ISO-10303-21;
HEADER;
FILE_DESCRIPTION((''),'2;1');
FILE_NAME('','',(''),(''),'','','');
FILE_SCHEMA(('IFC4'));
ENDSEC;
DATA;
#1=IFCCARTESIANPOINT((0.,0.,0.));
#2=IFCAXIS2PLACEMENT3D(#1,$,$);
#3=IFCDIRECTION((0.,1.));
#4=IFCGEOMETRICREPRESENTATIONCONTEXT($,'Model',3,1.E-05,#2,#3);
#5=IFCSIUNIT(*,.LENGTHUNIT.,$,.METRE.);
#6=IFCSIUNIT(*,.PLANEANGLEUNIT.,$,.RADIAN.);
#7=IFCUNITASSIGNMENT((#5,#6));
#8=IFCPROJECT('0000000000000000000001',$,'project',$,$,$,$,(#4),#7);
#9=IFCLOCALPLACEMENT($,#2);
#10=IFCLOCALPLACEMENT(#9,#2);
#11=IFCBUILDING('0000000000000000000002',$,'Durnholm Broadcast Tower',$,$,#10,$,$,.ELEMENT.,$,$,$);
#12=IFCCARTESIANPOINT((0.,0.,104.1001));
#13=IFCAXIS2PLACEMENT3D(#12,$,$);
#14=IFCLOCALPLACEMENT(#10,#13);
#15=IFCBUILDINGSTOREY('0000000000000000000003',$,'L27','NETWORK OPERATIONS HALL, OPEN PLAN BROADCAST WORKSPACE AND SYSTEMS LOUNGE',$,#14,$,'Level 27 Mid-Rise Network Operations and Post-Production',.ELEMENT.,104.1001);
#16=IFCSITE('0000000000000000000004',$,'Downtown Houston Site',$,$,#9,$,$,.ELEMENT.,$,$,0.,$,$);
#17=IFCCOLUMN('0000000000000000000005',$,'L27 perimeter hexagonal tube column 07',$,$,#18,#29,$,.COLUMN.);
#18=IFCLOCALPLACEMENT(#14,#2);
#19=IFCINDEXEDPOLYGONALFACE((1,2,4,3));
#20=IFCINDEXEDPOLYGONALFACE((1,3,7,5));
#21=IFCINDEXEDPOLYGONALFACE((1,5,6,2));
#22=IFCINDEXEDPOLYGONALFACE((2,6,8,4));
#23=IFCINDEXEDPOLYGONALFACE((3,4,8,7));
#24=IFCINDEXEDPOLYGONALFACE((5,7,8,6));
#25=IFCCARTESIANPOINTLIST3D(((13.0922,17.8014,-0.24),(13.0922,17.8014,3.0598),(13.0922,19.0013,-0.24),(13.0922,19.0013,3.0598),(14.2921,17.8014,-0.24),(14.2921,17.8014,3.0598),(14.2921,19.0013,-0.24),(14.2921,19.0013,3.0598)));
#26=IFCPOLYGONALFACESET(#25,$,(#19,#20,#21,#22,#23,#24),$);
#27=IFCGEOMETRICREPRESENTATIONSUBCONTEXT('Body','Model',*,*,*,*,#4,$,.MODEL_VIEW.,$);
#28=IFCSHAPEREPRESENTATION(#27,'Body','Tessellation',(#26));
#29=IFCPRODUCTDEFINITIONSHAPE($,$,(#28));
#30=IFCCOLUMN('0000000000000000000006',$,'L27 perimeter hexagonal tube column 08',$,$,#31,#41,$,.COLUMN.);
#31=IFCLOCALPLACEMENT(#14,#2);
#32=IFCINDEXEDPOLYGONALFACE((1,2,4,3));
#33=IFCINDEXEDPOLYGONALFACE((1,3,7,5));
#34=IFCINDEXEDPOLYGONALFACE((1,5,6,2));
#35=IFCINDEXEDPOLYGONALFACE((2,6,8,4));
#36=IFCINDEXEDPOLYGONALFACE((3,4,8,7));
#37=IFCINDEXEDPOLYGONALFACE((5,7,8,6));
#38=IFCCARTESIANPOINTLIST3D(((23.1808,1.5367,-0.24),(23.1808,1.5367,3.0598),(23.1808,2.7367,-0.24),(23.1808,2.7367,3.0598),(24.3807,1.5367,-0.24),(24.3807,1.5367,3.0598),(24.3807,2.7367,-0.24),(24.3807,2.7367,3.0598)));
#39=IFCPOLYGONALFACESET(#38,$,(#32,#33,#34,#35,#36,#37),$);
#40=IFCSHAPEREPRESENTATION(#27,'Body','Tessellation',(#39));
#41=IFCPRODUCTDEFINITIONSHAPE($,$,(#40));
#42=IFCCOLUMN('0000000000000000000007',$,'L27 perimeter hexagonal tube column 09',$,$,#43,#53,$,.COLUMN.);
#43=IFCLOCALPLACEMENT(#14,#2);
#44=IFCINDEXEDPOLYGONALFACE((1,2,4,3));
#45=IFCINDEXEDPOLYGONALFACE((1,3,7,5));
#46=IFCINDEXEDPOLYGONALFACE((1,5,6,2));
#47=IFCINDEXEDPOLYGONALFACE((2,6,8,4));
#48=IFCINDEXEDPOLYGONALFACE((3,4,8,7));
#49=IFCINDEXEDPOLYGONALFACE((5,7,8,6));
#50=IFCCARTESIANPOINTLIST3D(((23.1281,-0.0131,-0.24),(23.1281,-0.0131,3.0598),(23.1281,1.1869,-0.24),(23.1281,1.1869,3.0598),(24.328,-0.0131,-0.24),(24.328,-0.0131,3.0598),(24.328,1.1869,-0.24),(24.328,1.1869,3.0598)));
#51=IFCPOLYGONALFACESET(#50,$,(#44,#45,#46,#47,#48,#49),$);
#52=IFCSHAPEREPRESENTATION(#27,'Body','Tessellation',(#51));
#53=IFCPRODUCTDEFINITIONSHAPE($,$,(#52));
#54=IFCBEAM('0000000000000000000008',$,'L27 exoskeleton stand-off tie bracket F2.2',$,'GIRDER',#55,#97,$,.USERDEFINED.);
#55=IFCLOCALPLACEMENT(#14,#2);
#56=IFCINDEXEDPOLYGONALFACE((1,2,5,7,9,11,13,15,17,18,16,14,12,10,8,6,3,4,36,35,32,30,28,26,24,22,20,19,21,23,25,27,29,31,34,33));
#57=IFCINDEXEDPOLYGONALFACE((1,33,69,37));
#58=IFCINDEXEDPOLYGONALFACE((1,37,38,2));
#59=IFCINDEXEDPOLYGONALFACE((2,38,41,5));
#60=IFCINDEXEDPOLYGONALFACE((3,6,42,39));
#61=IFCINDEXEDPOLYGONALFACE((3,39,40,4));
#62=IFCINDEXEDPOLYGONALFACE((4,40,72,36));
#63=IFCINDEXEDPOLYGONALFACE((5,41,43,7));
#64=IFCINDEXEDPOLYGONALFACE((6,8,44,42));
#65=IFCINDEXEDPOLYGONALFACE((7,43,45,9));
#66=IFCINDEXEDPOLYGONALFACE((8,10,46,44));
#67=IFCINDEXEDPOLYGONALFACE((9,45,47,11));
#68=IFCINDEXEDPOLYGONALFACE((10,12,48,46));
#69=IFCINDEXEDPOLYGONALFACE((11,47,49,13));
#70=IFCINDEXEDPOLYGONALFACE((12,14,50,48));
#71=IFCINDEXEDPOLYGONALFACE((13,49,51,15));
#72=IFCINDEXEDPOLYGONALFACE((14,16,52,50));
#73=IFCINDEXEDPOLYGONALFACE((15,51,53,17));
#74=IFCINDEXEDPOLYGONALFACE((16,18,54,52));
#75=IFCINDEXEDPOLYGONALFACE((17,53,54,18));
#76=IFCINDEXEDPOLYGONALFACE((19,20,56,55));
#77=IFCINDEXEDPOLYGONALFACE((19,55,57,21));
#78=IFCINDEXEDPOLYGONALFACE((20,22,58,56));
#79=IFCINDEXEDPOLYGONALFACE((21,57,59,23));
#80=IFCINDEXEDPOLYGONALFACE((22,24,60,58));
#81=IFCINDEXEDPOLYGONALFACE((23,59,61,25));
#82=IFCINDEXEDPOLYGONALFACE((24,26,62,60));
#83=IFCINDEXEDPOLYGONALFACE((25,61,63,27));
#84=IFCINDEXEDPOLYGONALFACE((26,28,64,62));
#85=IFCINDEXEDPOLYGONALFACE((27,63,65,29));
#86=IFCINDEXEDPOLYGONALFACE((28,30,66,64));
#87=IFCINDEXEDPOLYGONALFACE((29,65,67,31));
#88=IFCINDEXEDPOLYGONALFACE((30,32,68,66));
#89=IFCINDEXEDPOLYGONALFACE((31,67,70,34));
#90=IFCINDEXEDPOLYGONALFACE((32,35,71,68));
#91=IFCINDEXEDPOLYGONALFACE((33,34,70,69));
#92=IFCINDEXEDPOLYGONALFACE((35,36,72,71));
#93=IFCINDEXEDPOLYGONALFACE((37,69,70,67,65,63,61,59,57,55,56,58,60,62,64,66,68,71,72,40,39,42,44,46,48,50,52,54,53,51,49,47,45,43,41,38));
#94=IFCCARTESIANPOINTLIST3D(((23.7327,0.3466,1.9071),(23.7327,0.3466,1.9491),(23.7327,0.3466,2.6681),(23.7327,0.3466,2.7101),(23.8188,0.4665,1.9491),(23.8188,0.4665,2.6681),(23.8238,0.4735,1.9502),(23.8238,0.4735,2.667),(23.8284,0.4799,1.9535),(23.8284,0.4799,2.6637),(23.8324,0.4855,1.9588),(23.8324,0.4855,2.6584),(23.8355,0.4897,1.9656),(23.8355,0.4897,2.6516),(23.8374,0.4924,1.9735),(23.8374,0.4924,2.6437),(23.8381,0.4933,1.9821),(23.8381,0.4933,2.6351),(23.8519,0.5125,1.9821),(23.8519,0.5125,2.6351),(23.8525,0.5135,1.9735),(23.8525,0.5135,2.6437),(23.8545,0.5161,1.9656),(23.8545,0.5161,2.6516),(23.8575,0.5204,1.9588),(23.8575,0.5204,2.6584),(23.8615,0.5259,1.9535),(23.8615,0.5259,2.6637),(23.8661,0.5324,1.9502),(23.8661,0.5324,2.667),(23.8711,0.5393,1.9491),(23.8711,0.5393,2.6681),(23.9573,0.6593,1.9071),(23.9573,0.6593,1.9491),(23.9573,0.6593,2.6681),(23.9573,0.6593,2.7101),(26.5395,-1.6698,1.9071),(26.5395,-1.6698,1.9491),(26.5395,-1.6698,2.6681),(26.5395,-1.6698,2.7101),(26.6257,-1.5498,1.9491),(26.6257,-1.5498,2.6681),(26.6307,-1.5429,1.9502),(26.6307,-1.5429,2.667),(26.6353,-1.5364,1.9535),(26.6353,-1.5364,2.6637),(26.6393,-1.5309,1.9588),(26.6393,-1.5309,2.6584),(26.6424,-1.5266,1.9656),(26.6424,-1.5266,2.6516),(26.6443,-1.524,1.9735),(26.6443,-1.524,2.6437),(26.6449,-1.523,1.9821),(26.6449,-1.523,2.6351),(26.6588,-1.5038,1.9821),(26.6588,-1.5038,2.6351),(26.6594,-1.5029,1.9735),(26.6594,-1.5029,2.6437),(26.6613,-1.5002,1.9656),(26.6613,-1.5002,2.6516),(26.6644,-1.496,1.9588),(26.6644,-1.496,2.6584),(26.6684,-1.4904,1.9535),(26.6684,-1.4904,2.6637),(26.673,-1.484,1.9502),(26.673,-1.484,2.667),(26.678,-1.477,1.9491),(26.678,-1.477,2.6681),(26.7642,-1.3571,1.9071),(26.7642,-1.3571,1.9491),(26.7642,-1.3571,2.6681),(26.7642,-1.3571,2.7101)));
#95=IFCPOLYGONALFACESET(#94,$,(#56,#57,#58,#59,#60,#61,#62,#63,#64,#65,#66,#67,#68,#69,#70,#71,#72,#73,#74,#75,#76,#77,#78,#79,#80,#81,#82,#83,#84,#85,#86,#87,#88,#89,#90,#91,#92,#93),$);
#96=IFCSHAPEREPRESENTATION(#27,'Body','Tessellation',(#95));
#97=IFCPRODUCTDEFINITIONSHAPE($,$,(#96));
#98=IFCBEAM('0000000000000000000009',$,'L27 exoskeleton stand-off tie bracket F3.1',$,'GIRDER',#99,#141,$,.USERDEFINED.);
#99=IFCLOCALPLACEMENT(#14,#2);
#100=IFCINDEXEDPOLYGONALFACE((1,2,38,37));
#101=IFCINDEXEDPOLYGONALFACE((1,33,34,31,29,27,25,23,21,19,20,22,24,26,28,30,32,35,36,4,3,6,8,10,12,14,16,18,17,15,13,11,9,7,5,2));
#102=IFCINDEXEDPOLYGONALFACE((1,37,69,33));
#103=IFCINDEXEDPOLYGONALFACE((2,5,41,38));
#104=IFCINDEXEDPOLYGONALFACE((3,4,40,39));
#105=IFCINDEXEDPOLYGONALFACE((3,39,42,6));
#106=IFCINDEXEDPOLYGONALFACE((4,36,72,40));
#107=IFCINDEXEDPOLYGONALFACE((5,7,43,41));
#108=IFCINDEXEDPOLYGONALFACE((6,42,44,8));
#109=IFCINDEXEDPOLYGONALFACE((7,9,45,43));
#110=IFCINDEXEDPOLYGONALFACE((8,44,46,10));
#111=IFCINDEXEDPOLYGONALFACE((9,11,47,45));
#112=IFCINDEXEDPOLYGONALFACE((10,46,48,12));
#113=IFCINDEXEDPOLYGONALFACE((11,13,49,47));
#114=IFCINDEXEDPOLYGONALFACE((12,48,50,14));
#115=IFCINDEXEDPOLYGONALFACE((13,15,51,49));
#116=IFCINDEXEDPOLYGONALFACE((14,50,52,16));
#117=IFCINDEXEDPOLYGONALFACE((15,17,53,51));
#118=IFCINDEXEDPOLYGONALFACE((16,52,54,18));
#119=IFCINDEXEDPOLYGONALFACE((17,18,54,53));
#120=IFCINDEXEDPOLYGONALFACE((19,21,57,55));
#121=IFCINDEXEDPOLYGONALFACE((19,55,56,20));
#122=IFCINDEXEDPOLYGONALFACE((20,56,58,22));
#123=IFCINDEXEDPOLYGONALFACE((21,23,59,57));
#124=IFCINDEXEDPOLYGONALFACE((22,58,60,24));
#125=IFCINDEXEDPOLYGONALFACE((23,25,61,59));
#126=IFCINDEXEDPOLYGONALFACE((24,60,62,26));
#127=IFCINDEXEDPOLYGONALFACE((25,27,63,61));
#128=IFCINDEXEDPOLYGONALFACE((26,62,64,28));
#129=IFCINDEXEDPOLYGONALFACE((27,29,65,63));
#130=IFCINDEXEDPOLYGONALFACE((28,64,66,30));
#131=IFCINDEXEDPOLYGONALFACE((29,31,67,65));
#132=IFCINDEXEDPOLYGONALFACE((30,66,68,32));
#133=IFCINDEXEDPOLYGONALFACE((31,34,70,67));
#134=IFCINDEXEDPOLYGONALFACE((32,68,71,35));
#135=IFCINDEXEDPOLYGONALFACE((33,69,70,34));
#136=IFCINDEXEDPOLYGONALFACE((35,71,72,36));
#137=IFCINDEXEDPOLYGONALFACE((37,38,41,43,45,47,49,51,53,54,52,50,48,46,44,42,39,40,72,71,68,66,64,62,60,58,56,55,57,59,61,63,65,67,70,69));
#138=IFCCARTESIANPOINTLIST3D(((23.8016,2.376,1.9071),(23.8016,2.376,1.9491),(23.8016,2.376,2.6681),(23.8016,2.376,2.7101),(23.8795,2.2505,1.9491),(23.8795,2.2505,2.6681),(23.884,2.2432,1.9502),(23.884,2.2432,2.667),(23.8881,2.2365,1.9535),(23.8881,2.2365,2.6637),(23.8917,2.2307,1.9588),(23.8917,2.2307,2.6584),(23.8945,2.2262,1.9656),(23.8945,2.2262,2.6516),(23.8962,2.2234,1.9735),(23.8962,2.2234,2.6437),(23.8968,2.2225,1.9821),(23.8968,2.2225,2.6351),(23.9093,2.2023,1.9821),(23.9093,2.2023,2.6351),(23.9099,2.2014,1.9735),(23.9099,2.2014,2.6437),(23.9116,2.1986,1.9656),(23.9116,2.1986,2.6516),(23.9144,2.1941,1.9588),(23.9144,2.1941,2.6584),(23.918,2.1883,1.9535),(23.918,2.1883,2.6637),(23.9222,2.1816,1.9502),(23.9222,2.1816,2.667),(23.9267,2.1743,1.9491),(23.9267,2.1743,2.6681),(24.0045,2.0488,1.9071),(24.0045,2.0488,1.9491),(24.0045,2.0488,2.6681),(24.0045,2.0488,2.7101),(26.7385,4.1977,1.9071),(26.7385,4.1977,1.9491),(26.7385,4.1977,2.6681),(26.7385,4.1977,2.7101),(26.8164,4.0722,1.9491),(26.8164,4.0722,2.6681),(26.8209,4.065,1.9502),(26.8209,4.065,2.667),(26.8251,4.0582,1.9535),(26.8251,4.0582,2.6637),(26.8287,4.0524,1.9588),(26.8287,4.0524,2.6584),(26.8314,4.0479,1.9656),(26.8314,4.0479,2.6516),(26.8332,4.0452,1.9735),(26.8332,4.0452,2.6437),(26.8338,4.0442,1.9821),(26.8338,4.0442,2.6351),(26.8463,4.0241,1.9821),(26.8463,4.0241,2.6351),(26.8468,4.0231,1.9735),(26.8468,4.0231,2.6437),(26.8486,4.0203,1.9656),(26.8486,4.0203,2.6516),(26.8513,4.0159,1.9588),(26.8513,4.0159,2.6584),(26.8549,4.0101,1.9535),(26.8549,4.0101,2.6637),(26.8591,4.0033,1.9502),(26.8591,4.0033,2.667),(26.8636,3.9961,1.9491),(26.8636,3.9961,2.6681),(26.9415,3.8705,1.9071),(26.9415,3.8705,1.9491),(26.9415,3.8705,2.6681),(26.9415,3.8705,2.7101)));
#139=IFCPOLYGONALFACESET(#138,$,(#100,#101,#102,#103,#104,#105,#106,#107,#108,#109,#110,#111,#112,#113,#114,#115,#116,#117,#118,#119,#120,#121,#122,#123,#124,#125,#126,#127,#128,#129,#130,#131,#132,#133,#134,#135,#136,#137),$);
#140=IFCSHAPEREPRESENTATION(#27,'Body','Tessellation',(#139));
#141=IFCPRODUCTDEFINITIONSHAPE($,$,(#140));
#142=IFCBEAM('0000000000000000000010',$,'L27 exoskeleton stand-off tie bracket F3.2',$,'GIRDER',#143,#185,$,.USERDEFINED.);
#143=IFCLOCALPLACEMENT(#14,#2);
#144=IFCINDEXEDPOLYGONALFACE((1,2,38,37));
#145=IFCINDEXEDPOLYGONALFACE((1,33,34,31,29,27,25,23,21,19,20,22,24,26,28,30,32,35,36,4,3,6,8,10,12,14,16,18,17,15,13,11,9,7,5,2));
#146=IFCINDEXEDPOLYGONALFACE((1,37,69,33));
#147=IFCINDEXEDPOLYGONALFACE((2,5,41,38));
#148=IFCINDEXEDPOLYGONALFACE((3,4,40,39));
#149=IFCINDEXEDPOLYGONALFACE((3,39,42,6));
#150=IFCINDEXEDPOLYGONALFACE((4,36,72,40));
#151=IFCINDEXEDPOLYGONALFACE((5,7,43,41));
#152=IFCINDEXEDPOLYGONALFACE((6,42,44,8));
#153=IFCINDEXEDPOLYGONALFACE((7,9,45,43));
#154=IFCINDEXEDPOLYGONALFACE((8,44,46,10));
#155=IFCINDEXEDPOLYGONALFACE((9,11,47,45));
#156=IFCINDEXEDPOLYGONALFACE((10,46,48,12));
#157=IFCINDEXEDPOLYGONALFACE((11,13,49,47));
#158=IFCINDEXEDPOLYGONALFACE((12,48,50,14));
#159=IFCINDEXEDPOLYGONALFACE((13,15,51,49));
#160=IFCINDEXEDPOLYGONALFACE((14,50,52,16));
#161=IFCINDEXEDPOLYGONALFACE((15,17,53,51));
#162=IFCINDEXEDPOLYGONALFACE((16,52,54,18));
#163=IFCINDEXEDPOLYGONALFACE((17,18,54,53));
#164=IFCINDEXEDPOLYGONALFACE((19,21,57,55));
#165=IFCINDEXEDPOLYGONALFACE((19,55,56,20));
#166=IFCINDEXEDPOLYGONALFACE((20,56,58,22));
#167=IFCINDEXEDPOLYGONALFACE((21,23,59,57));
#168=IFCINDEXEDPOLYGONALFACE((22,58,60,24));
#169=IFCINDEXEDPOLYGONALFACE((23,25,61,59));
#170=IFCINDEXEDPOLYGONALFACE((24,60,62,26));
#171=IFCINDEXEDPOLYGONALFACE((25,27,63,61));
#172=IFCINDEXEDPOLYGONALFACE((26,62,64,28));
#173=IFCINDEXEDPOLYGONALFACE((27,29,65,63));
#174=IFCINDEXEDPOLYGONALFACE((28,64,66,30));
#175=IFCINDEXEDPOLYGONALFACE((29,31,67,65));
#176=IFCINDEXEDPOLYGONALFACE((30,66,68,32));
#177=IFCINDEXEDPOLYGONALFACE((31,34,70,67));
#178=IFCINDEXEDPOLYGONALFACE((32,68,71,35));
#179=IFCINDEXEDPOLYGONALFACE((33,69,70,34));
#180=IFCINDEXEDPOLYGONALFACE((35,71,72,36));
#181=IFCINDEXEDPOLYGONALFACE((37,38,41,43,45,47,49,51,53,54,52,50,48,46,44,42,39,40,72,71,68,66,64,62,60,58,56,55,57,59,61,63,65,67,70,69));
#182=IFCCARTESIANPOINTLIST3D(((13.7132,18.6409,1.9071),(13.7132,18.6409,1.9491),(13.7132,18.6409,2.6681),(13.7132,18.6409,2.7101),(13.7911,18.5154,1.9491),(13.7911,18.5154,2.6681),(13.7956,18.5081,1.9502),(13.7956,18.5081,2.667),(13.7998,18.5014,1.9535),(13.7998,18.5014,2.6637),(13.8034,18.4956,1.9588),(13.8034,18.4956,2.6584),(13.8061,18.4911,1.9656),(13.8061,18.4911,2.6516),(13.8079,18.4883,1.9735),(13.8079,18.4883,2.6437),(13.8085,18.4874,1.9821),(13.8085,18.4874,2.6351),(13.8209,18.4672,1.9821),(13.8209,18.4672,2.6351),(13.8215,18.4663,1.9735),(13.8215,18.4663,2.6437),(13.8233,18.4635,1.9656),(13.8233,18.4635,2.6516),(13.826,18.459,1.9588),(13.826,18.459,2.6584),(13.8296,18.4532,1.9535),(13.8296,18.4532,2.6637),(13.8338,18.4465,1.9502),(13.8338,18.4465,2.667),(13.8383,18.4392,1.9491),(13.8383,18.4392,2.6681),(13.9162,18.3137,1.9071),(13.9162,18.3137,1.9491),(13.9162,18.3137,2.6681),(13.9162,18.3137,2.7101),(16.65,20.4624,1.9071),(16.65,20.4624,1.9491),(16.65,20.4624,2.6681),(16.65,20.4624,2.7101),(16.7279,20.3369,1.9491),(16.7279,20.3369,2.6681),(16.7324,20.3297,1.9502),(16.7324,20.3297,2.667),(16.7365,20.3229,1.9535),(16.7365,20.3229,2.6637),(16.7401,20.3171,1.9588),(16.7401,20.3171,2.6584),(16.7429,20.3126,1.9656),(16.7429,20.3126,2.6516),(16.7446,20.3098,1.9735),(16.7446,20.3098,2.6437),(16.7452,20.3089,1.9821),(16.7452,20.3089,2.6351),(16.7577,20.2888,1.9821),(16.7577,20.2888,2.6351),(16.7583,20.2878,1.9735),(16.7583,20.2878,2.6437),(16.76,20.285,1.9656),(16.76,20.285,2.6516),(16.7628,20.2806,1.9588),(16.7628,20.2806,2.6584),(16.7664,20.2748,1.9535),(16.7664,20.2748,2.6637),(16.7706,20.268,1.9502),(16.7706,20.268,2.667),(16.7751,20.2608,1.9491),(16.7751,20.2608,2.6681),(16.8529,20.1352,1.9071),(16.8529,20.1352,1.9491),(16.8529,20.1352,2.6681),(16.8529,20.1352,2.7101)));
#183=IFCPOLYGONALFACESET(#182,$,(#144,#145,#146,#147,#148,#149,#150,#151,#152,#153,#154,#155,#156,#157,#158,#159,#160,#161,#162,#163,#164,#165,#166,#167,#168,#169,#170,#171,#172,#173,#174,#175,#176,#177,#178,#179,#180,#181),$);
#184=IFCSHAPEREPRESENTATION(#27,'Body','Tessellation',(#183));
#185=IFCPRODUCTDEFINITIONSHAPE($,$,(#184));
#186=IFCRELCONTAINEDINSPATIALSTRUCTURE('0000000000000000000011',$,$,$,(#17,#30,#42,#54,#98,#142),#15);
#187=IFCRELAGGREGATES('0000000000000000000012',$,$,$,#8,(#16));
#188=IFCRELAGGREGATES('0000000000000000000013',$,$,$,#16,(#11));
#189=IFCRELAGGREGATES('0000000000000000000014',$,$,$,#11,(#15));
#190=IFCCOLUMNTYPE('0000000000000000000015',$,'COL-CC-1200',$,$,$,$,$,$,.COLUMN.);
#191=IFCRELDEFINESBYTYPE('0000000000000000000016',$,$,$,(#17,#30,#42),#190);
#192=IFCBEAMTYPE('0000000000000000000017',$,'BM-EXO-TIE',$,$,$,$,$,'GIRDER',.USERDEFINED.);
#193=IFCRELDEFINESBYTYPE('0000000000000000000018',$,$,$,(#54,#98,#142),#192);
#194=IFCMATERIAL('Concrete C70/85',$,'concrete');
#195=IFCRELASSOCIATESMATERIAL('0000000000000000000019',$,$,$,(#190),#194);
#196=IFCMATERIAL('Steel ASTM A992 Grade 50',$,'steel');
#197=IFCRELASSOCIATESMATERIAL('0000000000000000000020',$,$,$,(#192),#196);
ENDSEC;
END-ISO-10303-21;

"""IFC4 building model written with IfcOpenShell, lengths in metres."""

from ifc_helpers import new_model, si_unit, direction, frame, origin, origin_2d, place, context, subcontext, project, spatial, rectangle, i_section, extrude, source, transform, mapped, material, material_profile, profile_set, type_object, type_shapes, element, save


model = new_model("IFC4")

# Units and contexts
model_context = context("Model", 3, precision=1e-05, world=origin(), true_north=direction((0.0, 1.0)))
body_context = subcontext(model_context, "Body", "Model", "MODEL_VIEW")
ifc_project = project(units=[si_unit("LENGTHUNIT", "METRE"), si_unit("PLANEANGLEUNIT", "RADIAN")], contexts=[model_context])

# Site, building, storey
site_placement = place(None, origin())
site = spatial("IfcSite", under=ifc_project, at=site_placement, Name="Downtown Houston Site", CompositionType="ELEMENT", RefElevation=0.0)
building_placement = place(site_placement, origin())
building = spatial("IfcBuilding", under=site, at=building_placement, Name="Durnholm Broadcast Tower", CompositionType="ELEMENT")
storey_placement = place(building_placement, frame((0.0, 0.0, 104.1001)))
storey = spatial("IfcBuildingStorey", under=building, at=storey_placement, Name="L27", Description="NETWORK OPERATIONS HALL, OPEN PLAN BROADCAST WORKSPACE AND SYSTEMS LOUNGE", LongName="Level 27 Mid-Rise Network Operations and Post-Production", CompositionType="ELEMENT", Elevation=104.1001)

# Columns
ifc_material_1 = material(Name="Concrete C70/85", Category="concrete")
ifc_material_profile_1 = material_profile(ifc_material_1, rectangle(XDim=1.2, YDim=1.2, at=origin_2d()), Name="RC1200X1200")
ifc_profile_set_1 = profile_set([ifc_material_profile_1], Name="Concrete C70/85")
column_type = type_object("IfcColumnType", Name="COL-CC-1200", PredefinedType="COLUMN", material=ifc_profile_set_1)
shared_shape_1 = source(origin(), body_context, "Body", "SweptSolid", [
    extrude(rectangle(XDim=1.2, YDim=1.2, at=origin_2d()), origin(), (0.0, 0.0, 1.0), 3.2998),
])
type_shapes(column_type, [shared_shape_1])
for number, where, z_axis, x_axis, name in (
    (1, (13.6921, 18.4014, -0.24), (0.0, 0.0, 1.0), (1.0, 0.0, 0.0), "L27 perimeter hexagonal tube column 07"),
    (2, (23.7808, 2.1367, -0.24), (0.0, 0.0, 1.0), (1.0, 0.0, 0.0), "L27 perimeter hexagonal tube column 08"),
    (3, (23.728, 0.5869, -0.24), (0.0, 0.0, 1.0), (1.0, 0.0, 0.0), "L27 perimeter hexagonal tube column 09"),
):
    element("IfcColumn", number, at=place(storey_placement, frame(where, z_axis=z_axis, x_axis=x_axis)), inside=storey, type_object=column_type, Name=name, PredefinedType="COLUMN", context=body_context, shape_type="MappedRepresentation", body=[
        mapped(shared_shape_1, transform((0.0, 0.0, 0.0), x_axis=(1.0, 0.0, 0.0), y_axis=(0.0, 1.0, 0.0), z_axis=(0.0, 0.0, 1.0), scale=1.0)),
    ])

# Beams
ifc_material_2 = material(Name="Steel ASTM A992 Grade 50", Category="steel")
ifc_material_profile_2 = material_profile(ifc_material_2, i_section(OverallWidth=0.385, OverallDepth=0.803, WebThickness=0.0237, FlangeThickness=0.042, FilletRadius=0.033, at=origin_2d()), Name="W30X261")
ifc_profile_set_2 = profile_set([ifc_material_profile_2], Name="Steel ASTM A992 Grade 50")
beam_type_1 = type_object("IfcBeamType", Name="BM-EXO-TIE", ElementType="GIRDER", PredefinedType="USERDEFINED", material=ifc_profile_set_2)
shared_shape_2 = source(origin(), body_context, "Body", "SweptSolid", [
    extrude(i_section(OverallWidth=0.385, OverallDepth=0.803, WebThickness=0.0237, FlangeThickness=0.042, FilletRadius=0.033, at=origin_2d()), origin(), (0.0, 0.0, 1.0), 3.4561),
])
for number, where, z_axis, x_axis, name in (
    (4, (23.845, 0.5029, 2.3086), (0.812165, -0.583428, 0.0), (0.583428, 0.812165, 0.0), "L27 exoskeleton stand-off tie bracket F2.2"),
    (5, (23.9031, 2.2124, 2.3086), (0.849795, 0.527113, 0.0), (-0.527113, 0.849795, 0.0), "L27 exoskeleton stand-off tie bracket F3.1"),
):
    element("IfcBeam", number, at=place(storey_placement, frame(where, z_axis=z_axis, x_axis=x_axis)), inside=storey, type_object=beam_type_1, Name=name, ObjectType="GIRDER", PredefinedType="USERDEFINED", context=body_context, shape_type="MappedRepresentation", body=[
        mapped(shared_shape_2, transform((0.0, 0.0, 0.0), x_axis=(1.0, 0.0, 0.0), y_axis=(0.0, 1.0, 0.0), z_axis=(0.0, 0.0, 1.0), scale=1.0)),
    ])
shared_shape_3 = source(origin(), body_context, "Body", "SweptSolid", [
    extrude(i_section(OverallWidth=0.385, OverallDepth=0.803, WebThickness=0.0237, FlangeThickness=0.042, FilletRadius=0.033, at=origin_2d()), origin(), (0.0, 0.0, 1.0), 3.4558),
])
beam_1_placement = place(storey_placement, frame((13.8147, 18.4773, 2.3086), z_axis=(0.849807, 0.527094, 0.0), x_axis=(-0.527094, 0.849807, 0.0)))
element("IfcBeam", 6, at=beam_1_placement, inside=storey, type_object=beam_type_1, Name="L27 exoskeleton stand-off tie bracket F3.2", ObjectType="GIRDER", PredefinedType="USERDEFINED", context=body_context, shape_type="MappedRepresentation", body=[
    mapped(shared_shape_3, transform((0.0, 0.0, 0.0), x_axis=(1.0, 0.0, 0.0), y_axis=(0.0, 1.0, 0.0), z_axis=(0.0, 0.0, 1.0), scale=1.0)),
])

save(model, "model.ifc")
